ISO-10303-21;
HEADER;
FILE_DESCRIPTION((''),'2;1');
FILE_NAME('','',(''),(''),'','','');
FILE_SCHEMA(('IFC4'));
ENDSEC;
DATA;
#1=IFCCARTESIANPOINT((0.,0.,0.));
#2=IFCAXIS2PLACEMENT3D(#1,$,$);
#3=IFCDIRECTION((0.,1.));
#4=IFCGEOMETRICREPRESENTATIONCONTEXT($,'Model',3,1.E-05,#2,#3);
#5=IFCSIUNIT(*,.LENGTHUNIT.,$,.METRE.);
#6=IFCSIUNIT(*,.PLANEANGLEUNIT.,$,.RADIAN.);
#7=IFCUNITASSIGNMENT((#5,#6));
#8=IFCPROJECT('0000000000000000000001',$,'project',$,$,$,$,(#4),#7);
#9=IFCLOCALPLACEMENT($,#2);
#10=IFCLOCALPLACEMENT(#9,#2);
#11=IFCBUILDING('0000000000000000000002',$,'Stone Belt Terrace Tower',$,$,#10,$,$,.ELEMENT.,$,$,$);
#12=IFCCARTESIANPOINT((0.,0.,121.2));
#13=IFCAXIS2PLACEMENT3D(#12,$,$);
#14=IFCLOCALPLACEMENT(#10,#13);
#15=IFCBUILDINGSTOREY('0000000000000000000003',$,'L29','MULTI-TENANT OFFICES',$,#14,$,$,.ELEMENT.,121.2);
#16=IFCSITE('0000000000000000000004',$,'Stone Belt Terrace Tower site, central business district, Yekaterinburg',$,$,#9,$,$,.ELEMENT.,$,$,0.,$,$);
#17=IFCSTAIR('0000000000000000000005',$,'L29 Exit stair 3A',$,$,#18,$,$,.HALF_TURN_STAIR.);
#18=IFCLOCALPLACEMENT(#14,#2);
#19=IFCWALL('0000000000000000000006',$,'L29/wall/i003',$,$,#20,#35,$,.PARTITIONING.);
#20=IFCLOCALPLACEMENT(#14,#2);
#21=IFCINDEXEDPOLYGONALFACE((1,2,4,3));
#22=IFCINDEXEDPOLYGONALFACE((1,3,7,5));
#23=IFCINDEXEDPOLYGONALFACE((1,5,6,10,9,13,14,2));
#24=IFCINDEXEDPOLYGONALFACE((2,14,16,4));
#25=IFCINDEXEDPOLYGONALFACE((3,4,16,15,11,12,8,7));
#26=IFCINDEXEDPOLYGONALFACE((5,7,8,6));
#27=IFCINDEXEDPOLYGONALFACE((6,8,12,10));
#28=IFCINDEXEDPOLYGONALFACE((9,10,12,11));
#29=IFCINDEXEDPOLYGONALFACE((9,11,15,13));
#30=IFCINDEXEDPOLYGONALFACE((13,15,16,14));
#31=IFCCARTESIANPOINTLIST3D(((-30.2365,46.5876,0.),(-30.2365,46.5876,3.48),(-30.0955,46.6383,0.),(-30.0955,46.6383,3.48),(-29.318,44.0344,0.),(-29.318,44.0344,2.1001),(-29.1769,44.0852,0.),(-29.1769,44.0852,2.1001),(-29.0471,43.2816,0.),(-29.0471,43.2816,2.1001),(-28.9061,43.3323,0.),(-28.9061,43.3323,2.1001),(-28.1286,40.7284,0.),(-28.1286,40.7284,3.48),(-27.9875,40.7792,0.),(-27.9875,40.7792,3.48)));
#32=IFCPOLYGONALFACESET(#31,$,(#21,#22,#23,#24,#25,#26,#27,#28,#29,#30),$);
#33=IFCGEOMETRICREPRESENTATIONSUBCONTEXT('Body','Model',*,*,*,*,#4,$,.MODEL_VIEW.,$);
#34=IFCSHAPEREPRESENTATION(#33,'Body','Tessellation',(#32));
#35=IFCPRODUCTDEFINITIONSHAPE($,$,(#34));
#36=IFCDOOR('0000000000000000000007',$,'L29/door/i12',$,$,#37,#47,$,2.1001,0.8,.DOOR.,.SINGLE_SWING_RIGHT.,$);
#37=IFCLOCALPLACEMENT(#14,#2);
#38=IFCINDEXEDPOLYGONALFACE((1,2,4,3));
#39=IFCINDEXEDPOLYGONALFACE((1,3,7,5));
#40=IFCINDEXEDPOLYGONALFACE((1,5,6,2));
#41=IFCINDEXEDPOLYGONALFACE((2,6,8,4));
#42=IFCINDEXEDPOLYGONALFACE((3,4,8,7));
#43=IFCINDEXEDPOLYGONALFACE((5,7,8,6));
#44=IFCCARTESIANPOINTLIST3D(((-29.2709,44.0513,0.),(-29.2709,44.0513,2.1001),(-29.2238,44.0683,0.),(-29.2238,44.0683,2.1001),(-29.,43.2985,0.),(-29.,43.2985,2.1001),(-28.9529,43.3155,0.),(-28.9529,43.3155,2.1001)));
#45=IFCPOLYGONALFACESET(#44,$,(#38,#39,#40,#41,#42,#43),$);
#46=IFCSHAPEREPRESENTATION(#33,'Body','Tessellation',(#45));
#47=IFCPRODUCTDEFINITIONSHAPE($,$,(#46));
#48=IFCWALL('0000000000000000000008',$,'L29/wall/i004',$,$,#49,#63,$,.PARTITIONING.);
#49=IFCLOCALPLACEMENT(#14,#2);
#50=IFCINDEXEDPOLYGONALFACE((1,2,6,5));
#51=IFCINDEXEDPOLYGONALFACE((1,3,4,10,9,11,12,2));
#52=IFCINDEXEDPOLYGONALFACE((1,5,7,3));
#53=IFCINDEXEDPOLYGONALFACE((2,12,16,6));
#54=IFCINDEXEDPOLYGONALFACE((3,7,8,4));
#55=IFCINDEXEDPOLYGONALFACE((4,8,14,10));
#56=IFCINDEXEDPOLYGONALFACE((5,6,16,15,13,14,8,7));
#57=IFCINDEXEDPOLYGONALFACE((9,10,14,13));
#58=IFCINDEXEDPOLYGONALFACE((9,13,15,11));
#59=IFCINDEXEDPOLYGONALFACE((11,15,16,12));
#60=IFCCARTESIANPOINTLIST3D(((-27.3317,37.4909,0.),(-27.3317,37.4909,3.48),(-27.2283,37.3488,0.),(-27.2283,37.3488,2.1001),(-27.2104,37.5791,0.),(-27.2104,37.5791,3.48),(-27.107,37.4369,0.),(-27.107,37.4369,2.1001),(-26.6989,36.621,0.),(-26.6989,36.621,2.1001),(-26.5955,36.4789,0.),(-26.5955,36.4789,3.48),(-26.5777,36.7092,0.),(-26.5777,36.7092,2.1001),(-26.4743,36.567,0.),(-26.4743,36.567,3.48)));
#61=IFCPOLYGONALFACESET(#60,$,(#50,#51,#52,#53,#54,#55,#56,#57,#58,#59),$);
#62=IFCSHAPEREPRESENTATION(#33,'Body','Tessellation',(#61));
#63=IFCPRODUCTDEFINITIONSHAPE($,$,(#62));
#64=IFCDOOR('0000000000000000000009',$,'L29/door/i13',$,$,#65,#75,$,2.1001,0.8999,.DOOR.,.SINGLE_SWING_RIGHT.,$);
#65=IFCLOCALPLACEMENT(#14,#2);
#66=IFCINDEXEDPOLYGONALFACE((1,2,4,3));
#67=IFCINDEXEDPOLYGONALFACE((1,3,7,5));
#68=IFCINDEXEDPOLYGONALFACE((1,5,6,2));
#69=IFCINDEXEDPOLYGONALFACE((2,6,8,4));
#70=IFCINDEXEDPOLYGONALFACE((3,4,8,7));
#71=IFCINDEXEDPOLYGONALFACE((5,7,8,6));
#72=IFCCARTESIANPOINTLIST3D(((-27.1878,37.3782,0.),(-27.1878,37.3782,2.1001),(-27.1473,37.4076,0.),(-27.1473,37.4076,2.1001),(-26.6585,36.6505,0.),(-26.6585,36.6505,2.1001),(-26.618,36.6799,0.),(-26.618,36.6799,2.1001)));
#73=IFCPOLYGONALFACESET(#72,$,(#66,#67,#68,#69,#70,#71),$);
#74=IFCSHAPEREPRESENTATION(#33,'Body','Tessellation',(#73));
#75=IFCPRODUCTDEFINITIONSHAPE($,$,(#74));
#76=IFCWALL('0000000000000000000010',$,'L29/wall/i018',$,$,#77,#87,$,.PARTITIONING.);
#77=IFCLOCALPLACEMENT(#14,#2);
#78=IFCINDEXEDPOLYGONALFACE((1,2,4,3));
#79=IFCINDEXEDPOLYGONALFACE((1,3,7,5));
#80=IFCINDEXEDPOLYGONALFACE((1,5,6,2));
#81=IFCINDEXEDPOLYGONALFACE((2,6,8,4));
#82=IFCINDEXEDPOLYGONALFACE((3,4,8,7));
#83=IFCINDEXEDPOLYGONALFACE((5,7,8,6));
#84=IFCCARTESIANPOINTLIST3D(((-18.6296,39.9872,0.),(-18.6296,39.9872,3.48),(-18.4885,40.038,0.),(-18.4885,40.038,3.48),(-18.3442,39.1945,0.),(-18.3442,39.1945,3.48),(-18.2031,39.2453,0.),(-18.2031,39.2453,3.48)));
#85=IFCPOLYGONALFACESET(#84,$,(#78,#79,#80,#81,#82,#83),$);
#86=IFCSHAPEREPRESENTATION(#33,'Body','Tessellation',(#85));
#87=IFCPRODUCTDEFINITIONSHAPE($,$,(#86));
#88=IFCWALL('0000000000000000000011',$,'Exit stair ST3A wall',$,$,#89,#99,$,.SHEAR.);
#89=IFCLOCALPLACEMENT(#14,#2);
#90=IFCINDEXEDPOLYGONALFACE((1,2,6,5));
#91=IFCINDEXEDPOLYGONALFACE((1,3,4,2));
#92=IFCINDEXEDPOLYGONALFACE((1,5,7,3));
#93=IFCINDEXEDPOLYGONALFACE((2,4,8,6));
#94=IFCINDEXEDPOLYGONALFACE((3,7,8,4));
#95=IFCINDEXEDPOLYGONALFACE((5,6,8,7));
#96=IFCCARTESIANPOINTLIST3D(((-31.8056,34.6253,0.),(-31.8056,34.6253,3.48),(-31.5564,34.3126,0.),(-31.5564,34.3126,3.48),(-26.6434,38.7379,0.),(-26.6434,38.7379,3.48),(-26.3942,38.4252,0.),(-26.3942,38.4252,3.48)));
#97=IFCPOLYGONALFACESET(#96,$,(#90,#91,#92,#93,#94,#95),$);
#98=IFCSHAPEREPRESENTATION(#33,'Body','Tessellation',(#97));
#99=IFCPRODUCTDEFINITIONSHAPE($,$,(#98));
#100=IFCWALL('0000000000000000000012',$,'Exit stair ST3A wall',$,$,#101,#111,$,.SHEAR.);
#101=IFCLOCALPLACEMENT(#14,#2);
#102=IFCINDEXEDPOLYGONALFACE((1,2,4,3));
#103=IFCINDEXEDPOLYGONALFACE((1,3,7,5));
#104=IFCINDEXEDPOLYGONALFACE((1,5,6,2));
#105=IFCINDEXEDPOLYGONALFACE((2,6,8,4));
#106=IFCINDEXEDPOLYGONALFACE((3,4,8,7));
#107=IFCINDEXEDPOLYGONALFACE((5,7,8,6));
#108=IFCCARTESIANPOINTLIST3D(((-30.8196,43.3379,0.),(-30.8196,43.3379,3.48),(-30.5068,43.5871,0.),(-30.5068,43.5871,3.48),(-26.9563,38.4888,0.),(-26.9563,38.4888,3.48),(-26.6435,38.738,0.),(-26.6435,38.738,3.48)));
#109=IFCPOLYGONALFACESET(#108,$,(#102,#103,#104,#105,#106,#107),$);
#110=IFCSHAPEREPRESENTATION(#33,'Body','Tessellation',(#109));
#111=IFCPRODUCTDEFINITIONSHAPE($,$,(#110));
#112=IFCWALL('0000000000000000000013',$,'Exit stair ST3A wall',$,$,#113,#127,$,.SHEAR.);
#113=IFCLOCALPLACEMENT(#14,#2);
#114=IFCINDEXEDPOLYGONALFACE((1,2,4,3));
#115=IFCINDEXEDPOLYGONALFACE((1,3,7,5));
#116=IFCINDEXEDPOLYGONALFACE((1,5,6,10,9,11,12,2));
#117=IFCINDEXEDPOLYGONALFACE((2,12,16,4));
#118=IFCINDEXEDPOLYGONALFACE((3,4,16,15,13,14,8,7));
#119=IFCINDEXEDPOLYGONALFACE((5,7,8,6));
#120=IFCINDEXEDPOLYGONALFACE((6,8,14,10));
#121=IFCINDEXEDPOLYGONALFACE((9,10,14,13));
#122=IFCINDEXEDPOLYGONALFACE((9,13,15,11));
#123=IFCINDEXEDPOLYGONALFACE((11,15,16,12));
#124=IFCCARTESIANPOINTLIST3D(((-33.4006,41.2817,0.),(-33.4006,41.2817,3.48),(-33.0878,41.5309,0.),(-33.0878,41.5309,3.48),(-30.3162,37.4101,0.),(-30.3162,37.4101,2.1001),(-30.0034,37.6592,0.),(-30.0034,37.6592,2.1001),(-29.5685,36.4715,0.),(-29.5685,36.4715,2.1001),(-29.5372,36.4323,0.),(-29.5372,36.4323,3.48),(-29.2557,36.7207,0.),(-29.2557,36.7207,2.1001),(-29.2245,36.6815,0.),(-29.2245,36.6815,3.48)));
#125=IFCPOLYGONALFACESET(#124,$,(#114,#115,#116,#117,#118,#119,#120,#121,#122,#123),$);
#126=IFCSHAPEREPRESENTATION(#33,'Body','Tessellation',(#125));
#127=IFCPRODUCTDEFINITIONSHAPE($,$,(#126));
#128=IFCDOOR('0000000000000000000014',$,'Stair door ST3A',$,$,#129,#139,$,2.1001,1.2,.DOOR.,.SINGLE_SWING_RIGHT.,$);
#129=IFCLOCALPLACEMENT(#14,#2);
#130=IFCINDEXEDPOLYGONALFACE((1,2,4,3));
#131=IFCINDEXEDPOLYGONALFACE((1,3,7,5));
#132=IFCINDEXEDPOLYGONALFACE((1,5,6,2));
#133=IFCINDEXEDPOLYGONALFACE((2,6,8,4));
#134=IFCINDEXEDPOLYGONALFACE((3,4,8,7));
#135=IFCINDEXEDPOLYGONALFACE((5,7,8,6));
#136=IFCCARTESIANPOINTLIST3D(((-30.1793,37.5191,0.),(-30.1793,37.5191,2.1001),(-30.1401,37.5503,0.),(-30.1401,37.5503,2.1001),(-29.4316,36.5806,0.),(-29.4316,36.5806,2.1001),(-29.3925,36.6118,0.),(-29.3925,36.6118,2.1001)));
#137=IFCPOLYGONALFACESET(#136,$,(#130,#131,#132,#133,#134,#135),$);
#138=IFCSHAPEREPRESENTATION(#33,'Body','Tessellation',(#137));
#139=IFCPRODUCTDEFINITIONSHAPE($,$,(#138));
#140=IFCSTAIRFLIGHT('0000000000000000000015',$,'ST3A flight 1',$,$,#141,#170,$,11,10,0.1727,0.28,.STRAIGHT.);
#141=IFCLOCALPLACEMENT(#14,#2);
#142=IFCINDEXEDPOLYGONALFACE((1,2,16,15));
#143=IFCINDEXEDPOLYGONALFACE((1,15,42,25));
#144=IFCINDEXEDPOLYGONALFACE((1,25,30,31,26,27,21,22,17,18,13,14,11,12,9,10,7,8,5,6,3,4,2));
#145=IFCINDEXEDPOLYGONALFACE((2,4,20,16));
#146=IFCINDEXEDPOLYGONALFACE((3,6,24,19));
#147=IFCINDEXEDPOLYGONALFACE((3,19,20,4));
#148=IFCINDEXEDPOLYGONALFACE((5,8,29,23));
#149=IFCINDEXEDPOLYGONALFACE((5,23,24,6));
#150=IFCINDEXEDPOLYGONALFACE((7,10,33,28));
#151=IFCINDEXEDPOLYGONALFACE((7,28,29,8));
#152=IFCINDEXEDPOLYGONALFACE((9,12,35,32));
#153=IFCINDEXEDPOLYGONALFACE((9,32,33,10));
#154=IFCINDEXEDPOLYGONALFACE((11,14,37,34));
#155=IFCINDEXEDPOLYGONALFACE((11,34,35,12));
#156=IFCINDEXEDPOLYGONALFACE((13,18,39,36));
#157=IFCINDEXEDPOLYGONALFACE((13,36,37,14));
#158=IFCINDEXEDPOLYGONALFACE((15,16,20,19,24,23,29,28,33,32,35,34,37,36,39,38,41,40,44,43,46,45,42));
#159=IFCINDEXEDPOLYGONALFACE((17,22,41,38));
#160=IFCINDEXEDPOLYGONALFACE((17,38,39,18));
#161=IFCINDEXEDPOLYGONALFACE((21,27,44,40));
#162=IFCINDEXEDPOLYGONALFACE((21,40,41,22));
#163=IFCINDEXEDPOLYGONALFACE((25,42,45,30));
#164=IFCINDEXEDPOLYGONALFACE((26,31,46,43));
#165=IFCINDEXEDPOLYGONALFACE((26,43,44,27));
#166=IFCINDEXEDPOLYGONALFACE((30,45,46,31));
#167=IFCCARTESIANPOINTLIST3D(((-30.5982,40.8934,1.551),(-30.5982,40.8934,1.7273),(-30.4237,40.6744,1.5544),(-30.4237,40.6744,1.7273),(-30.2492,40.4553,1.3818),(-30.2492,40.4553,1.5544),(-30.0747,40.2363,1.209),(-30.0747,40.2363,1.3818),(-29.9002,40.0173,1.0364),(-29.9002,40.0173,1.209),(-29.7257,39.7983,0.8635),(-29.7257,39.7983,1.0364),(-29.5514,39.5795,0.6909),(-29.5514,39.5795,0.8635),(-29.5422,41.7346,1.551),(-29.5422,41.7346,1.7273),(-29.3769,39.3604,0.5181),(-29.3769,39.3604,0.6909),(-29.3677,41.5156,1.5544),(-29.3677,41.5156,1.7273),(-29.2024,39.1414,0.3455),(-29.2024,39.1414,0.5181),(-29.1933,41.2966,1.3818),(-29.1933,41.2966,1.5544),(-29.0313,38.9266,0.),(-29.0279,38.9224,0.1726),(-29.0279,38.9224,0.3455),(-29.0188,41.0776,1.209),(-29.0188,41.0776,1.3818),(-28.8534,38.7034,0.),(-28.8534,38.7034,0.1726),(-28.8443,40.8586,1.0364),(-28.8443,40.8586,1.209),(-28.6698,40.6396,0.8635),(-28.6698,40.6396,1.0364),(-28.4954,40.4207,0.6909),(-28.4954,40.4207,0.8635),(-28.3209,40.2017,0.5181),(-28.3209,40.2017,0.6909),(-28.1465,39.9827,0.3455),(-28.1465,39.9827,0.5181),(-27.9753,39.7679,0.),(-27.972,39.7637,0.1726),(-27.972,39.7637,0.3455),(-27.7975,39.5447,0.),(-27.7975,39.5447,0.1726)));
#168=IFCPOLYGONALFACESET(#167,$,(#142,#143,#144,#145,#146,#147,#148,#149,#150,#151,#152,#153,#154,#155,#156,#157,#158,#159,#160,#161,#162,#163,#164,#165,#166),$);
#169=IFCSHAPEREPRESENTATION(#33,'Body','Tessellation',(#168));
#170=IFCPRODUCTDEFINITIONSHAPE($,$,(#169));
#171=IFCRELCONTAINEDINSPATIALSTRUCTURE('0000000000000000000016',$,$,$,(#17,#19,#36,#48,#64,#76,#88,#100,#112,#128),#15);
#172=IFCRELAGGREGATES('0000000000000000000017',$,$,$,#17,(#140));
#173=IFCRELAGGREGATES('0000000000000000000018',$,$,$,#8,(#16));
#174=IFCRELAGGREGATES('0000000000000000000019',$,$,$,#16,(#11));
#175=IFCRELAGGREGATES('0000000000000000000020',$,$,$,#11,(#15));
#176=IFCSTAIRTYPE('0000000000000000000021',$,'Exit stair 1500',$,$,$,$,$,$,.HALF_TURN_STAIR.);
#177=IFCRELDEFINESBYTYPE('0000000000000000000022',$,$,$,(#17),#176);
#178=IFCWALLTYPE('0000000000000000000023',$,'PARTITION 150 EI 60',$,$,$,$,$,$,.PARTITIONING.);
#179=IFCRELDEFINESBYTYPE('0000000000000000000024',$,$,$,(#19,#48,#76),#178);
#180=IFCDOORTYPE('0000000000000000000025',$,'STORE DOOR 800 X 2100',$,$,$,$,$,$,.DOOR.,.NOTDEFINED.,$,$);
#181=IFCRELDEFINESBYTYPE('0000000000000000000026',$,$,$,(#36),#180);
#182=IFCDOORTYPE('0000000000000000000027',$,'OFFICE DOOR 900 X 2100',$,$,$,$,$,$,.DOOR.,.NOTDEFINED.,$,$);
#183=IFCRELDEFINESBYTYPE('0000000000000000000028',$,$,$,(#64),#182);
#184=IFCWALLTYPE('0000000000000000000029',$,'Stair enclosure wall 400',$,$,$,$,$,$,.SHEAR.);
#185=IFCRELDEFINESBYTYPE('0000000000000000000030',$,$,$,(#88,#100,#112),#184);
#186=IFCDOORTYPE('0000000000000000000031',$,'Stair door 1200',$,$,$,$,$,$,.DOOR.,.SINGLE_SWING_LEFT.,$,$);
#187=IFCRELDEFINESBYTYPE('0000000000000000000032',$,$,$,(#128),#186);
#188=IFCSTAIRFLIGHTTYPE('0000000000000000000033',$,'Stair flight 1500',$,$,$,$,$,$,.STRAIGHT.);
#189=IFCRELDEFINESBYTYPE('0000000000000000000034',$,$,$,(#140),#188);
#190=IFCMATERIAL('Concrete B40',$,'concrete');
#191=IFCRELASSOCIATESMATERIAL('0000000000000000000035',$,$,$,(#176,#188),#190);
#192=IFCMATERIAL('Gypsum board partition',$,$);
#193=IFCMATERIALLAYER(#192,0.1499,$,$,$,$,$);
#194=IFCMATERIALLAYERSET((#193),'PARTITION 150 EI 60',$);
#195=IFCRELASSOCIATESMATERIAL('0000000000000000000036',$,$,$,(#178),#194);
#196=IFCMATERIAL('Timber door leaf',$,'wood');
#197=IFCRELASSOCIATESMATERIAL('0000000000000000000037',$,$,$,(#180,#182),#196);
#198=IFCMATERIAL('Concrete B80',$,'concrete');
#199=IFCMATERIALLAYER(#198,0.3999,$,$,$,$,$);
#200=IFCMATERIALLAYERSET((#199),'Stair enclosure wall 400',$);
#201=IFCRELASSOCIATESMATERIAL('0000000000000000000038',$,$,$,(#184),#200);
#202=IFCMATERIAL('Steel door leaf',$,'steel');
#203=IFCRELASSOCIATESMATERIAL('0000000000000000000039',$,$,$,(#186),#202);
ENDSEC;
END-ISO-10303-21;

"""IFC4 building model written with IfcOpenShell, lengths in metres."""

from ifc_helpers import new_model, si_unit, direction, frame, frame_2d, origin, place, context, subcontext, project, spatial, polyline, rectangle, outline, extrude, material, layer, layer_set, type_object, element, fill, aggregate, save


model = new_model("IFC4")

# Units and contexts
model_context = context("Model", 3, precision=1e-05, world=origin(), true_north=direction((0.0, 1.0)))
body_context = subcontext(model_context, "Body", "Model", "MODEL_VIEW")
ifc_project = project(units=[si_unit("LENGTHUNIT", "METRE"), si_unit("PLANEANGLEUNIT", "RADIAN")], contexts=[model_context])

# Site, building, storey
site_placement = place(None, origin())
site = spatial("IfcSite", under=ifc_project, at=site_placement, Name="Stone Belt Terrace Tower site, central business district, Yekaterinburg", CompositionType="ELEMENT", RefElevation=0.0)
building_placement = place(site_placement, origin())
building = spatial("IfcBuilding", under=site, at=building_placement, Name="Stone Belt Terrace Tower", CompositionType="ELEMENT")
storey_placement = place(building_placement, frame((0.0, 0.0, 121.2)))
storey = spatial("IfcBuildingStorey", under=building, at=storey_placement, Name="L29", Description="MULTI-TENANT OFFICES", CompositionType="ELEMENT", Elevation=121.2)

# Shared definitions
ifc_material_1 = material(Name="Concrete B80", Category="concrete")

# Shared definitions
ifc_material_2 = material(Name="Concrete B40", Category="concrete")

# Stair
stair_type = type_object("IfcStairType", Name="Exit stair 1500", PredefinedType="HALF_TURN_STAIR", material=ifc_material_2)
stair_1_placement = place(storey_placement, origin())
stair_1 = element("IfcStair", 1, at=stair_1_placement, inside=storey, type_object=stair_type, Name="L29 Exit stair 3A", PredefinedType="HALF_TURN_STAIR")

# Shared definitions
ifc_material_3 = material(Name="Gypsum board partition")
ifc_layer_1 = layer(ifc_material_3, 0.1499)
ifc_layer_set_1 = layer_set([ifc_layer_1], Name="PARTITION 150 EI 60")
wall_type_1 = type_object("IfcWallType", Name="PARTITION 150 EI 60", PredefinedType="PARTITIONING", material=ifc_layer_set_1)

# Walls, openings, doors
wall_1_placement = place(storey_placement, frame((-28.0581, 40.7539, 0.0), z_axis=(0.0, 0.0, 1.0), x_axis=(-0.338524, 0.940958, 0.0)))
wall_1 = element("IfcWall", 2, at=wall_1_placement, inside=storey, type_object=wall_type_1, Name="L29/wall/i003", PredefinedType="PARTITIONING", context=body_context, shape_type="SweptSolid", body=[
    extrude(rectangle(XDim=6.2268, YDim=0.1499, at=frame_2d((3.1133, 0.0))), origin(), (0.0, 0.0, 1.0), 3.48),
])
opening_1_placement = place(wall_1_placement, frame((2.7134, 0.0, 0.0)))
opening_1 = element("IfcOpeningElement", 3, at=opening_1_placement, cuts=wall_1, PredefinedType="OPENING", context=body_context, shape_type="SweptSolid", body=[
    extrude(rectangle(XDim=0.8, YDim=2.1001, at=frame_2d((0.3999, 1.05))), frame((0.0, 0.085, 0.0), z_axis=(0.0, -1.0, 0.0), x_axis=(1.0, 0.0, 0.0)), (0.0, 0.0, 1.0), 0.1699),
])
ifc_material_4 = material(Name="Timber door leaf", Category="wood")
door_type_1 = type_object("IfcDoorType", Name="STORE DOOR 800 X 2100", OperationType="NOTDEFINED", PredefinedType="DOOR", material=ifc_material_4)
door_1_placement = place(opening_1_placement, origin())
door_1 = element("IfcDoor", 4, at=door_1_placement, inside=storey, type_object=door_type_1, Name="L29/door/i12", OperationType="SINGLE_SWING_RIGHT", OverallHeight=2.1001, OverallWidth=0.8, PredefinedType="DOOR", context=body_context, shape_type="SweptSolid", body=[
    extrude(rectangle(XDim=0.8, YDim=2.1001, at=frame_2d((0.3999, 1.05))), frame((0.0, 0.0249, 0.0), z_axis=(0.0, -1.0, 0.0), x_axis=(1.0, 0.0, 0.0)), (0.0, 0.0, 1.0), 0.05),
])
fill(opening_1, door_1)
wall_2_placement = place(storey_placement, frame((-26.5349, 36.5229, 0.0), z_axis=(0.0, 0.0, 1.0), x_axis=(-0.58823, 0.808694, 0.0)))
wall_2 = element("IfcWall", 5, at=wall_2_placement, inside=storey, type_object=wall_type_1, Name="L29/wall/i004", PredefinedType="PARTITIONING", context=body_context, shape_type="SweptSolid", body=[
    extrude(rectangle(XDim=1.2515, YDim=0.1499, at=frame_2d((0.6257, 0.0))), origin(), (0.0, 0.0, 1.0), 3.48),
])
opening_2_placement = place(wall_2_placement, frame((0.1758, 0.0, 0.0)))
opening_2 = element("IfcOpeningElement", 6, at=opening_2_placement, cuts=wall_2, PredefinedType="OPENING", context=body_context, shape_type="SweptSolid", body=[
    extrude(rectangle(XDim=0.8999, YDim=2.1001, at=frame_2d((0.45, 1.05))), frame((0.0, 0.085, 0.0), z_axis=(0.0, -1.0, 0.0), x_axis=(1.0, 0.0, 0.0)), (0.0, 0.0, 1.0), 0.1699),
])
door_type_2 = type_object("IfcDoorType", Name="OFFICE DOOR 900 X 2100", OperationType="NOTDEFINED", PredefinedType="DOOR", material=ifc_material_4)
door_2_placement = place(opening_2_placement, origin())
door_2 = element("IfcDoor", 7, at=door_2_placement, inside=storey, type_object=door_type_2, Name="L29/door/i13", OperationType="SINGLE_SWING_RIGHT", OverallHeight=2.1001, OverallWidth=0.8999, PredefinedType="DOOR", context=body_context, shape_type="SweptSolid", body=[
    extrude(rectangle(XDim=0.8999, YDim=2.1001, at=frame_2d((0.45, 1.05))), frame((0.0, 0.0249, 0.0), z_axis=(0.0, -1.0, 0.0), x_axis=(1.0, 0.0, 0.0)), (0.0, 0.0, 1.0), 0.05),
])
fill(opening_2, door_2)

# Walls
wall_3_placement = place(storey_placement, frame((-18.5591, 40.0127, 0.0), z_axis=(0.0, 0.0, 1.0), x_axis=(0.33874, -0.94088, 0.0)))
element("IfcWall", 8, at=wall_3_placement, inside=storey, type_object=wall_type_1, Name="L29/wall/i018", PredefinedType="PARTITIONING", context=body_context, shape_type="SweptSolid", body=[
    extrude(rectangle(XDim=0.8425, YDim=0.1499, at=frame_2d((0.4214, 0.0))), origin(), (0.0, 0.0, 1.0), 3.48),
])
ifc_layer_2 = layer(ifc_material_1, 0.3999)
ifc_layer_set_2 = layer_set([ifc_layer_2], Name="Stair enclosure wall 400")
wall_type_2 = type_object("IfcWallType", Name="Stair enclosure wall 400", PredefinedType="SHEAR", material=ifc_layer_set_2)
wall_4_placement = place(storey_placement, frame((-26.5188, 38.5815, 0.0), z_axis=(0.0, 0.0, 1.0), x_axis=(-0.782134, -0.62311, 0.0)))
element("IfcWall", 9, at=wall_4_placement, inside=storey, type_object=wall_type_2, Name="Exit stair ST3A wall", PredefinedType="SHEAR", context=body_context, shape_type="SweptSolid", body=[
    extrude(rectangle(XDim=6.6001, YDim=0.3999, at=frame_2d((3.3, 0.0))), origin(), (0.0, 0.0, 1.0), 3.48),
])
wall_5_placement = place(storey_placement, frame((-26.7998, 38.6133, 0.0), z_axis=(0.0, 0.0, 1.0), x_axis=(-0.623119, 0.782127, 0.0)))
element("IfcWall", 10, at=wall_5_placement, inside=storey, type_object=wall_type_2, Name="Exit stair ST3A wall", PredefinedType="SHEAR", context=body_context, shape_type="SweptSolid", body=[
    extrude(rectangle(XDim=6.2, YDim=0.3999, at=frame_2d((3.1001, 0.0))), origin(), (0.0, 0.0, 1.0), 3.48),
])

# Wall, opening, door
wall_6_placement = place(storey_placement, frame((-29.3809, 36.5569, 0.0), z_axis=(0.0, 0.0, 1.0), x_axis=(-0.623099, 0.782143, 0.0)))
wall_6 = element("IfcWall", 11, at=wall_6_placement, inside=storey, type_object=wall_type_2, Name="Exit stair ST3A wall", PredefinedType="SHEAR", context=body_context, shape_type="SweptSolid", body=[
    extrude(rectangle(XDim=6.2002, YDim=0.3999, at=frame_2d((3.1001, 0.0))), origin(), (0.0, 0.0, 1.0), 3.48),
])
opening_3_placement = place(wall_6_placement, frame((0.05, 0.0, 0.0)))
opening_3 = element("IfcOpeningElement", 12, at=opening_3_placement, cuts=wall_6, PredefinedType="OPENING", context=body_context, shape_type="SweptSolid", body=[
    extrude(rectangle(XDim=1.2, YDim=2.1001, at=frame_2d((0.6001, 1.05))), frame((0.0, 0.21, 0.0), z_axis=(0.0, -1.0, 0.0), x_axis=(1.0, 0.0, 0.0)), (0.0, 0.0, 1.0), 0.4199),
])
ifc_material_5 = material(Name="Steel door leaf", Category="steel")
door_type_3 = type_object("IfcDoorType", Name="Stair door 1200", OperationType="SINGLE_SWING_LEFT", PredefinedType="DOOR", material=ifc_material_5)
door_3_placement = place(opening_3_placement, origin())
door_3 = element("IfcDoor", 13, at=door_3_placement, inside=storey, type_object=door_type_3, Name="Stair door ST3A", OperationType="SINGLE_SWING_RIGHT", OverallHeight=2.1001, OverallWidth=1.2, PredefinedType="DOOR", context=body_context, shape_type="SweptSolid", body=[
    extrude(rectangle(XDim=1.2, YDim=2.1001, at=frame_2d((0.6001, 1.05))), frame((0.0, 0.0249, 0.0), z_axis=(0.0, -1.0, 0.0), x_axis=(1.0, 0.0, 0.0)), (0.0, 0.0, 1.0), 0.05),
])
fill(opening_3, door_3)

# Stair flight
stair_flight_type = type_object("IfcStairFlightType", Name="Stair flight 1500", PredefinedType="STRAIGHT", material=ifc_material_2)
stair_flight_placement = place(storey_placement, frame((-28.3254, 39.124, 0.0), z_axis=(0.0, 0.0, 1.0), x_axis=(-0.623121, 0.782125, 0.0)))
stair_flight = element("IfcStairFlight", 14, at=stair_flight_placement, type_object=stair_flight_type, Name="ST3A flight 1", NumberOfRisers=11, NumberOfTreads=10, PredefinedType="STRAIGHT", RiserHeight=0.1727, TreadLength=0.28, context=body_context, shape_type="SweptSolid", body=[
    extrude(outline(polyline([(0.0, 0.0), (0.0, 0.1726), (0.28, 0.1726), (0.28, 0.3455), (0.5601, 0.3455), (0.5601, 0.5181), (0.8401, 0.5181), (0.8401, 0.6909), (1.1201, 0.6909), (1.1201, 0.8635), (1.3999, 0.8635), (1.3999, 1.0364), (1.6799, 1.0364), (1.6799, 1.209), (1.96, 1.209), (1.96, 1.3818), (2.24, 1.3818), (2.24, 1.5544), (2.52, 1.5544), (2.52, 1.7273), (2.8, 1.7273), (2.8, 1.8999), (2.8, 1.551), (0.2854, 0.0), (0.0, 0.0)])), frame((0.0, 0.675, 0.0), z_axis=(0.0, -1.0, 0.0), x_axis=(1.0, 0.0, 0.0)), (0.0, 0.0, 1.0), 1.3501),
])
aggregate(stair_1, [stair_flight])

save(model, "model.ifc")
